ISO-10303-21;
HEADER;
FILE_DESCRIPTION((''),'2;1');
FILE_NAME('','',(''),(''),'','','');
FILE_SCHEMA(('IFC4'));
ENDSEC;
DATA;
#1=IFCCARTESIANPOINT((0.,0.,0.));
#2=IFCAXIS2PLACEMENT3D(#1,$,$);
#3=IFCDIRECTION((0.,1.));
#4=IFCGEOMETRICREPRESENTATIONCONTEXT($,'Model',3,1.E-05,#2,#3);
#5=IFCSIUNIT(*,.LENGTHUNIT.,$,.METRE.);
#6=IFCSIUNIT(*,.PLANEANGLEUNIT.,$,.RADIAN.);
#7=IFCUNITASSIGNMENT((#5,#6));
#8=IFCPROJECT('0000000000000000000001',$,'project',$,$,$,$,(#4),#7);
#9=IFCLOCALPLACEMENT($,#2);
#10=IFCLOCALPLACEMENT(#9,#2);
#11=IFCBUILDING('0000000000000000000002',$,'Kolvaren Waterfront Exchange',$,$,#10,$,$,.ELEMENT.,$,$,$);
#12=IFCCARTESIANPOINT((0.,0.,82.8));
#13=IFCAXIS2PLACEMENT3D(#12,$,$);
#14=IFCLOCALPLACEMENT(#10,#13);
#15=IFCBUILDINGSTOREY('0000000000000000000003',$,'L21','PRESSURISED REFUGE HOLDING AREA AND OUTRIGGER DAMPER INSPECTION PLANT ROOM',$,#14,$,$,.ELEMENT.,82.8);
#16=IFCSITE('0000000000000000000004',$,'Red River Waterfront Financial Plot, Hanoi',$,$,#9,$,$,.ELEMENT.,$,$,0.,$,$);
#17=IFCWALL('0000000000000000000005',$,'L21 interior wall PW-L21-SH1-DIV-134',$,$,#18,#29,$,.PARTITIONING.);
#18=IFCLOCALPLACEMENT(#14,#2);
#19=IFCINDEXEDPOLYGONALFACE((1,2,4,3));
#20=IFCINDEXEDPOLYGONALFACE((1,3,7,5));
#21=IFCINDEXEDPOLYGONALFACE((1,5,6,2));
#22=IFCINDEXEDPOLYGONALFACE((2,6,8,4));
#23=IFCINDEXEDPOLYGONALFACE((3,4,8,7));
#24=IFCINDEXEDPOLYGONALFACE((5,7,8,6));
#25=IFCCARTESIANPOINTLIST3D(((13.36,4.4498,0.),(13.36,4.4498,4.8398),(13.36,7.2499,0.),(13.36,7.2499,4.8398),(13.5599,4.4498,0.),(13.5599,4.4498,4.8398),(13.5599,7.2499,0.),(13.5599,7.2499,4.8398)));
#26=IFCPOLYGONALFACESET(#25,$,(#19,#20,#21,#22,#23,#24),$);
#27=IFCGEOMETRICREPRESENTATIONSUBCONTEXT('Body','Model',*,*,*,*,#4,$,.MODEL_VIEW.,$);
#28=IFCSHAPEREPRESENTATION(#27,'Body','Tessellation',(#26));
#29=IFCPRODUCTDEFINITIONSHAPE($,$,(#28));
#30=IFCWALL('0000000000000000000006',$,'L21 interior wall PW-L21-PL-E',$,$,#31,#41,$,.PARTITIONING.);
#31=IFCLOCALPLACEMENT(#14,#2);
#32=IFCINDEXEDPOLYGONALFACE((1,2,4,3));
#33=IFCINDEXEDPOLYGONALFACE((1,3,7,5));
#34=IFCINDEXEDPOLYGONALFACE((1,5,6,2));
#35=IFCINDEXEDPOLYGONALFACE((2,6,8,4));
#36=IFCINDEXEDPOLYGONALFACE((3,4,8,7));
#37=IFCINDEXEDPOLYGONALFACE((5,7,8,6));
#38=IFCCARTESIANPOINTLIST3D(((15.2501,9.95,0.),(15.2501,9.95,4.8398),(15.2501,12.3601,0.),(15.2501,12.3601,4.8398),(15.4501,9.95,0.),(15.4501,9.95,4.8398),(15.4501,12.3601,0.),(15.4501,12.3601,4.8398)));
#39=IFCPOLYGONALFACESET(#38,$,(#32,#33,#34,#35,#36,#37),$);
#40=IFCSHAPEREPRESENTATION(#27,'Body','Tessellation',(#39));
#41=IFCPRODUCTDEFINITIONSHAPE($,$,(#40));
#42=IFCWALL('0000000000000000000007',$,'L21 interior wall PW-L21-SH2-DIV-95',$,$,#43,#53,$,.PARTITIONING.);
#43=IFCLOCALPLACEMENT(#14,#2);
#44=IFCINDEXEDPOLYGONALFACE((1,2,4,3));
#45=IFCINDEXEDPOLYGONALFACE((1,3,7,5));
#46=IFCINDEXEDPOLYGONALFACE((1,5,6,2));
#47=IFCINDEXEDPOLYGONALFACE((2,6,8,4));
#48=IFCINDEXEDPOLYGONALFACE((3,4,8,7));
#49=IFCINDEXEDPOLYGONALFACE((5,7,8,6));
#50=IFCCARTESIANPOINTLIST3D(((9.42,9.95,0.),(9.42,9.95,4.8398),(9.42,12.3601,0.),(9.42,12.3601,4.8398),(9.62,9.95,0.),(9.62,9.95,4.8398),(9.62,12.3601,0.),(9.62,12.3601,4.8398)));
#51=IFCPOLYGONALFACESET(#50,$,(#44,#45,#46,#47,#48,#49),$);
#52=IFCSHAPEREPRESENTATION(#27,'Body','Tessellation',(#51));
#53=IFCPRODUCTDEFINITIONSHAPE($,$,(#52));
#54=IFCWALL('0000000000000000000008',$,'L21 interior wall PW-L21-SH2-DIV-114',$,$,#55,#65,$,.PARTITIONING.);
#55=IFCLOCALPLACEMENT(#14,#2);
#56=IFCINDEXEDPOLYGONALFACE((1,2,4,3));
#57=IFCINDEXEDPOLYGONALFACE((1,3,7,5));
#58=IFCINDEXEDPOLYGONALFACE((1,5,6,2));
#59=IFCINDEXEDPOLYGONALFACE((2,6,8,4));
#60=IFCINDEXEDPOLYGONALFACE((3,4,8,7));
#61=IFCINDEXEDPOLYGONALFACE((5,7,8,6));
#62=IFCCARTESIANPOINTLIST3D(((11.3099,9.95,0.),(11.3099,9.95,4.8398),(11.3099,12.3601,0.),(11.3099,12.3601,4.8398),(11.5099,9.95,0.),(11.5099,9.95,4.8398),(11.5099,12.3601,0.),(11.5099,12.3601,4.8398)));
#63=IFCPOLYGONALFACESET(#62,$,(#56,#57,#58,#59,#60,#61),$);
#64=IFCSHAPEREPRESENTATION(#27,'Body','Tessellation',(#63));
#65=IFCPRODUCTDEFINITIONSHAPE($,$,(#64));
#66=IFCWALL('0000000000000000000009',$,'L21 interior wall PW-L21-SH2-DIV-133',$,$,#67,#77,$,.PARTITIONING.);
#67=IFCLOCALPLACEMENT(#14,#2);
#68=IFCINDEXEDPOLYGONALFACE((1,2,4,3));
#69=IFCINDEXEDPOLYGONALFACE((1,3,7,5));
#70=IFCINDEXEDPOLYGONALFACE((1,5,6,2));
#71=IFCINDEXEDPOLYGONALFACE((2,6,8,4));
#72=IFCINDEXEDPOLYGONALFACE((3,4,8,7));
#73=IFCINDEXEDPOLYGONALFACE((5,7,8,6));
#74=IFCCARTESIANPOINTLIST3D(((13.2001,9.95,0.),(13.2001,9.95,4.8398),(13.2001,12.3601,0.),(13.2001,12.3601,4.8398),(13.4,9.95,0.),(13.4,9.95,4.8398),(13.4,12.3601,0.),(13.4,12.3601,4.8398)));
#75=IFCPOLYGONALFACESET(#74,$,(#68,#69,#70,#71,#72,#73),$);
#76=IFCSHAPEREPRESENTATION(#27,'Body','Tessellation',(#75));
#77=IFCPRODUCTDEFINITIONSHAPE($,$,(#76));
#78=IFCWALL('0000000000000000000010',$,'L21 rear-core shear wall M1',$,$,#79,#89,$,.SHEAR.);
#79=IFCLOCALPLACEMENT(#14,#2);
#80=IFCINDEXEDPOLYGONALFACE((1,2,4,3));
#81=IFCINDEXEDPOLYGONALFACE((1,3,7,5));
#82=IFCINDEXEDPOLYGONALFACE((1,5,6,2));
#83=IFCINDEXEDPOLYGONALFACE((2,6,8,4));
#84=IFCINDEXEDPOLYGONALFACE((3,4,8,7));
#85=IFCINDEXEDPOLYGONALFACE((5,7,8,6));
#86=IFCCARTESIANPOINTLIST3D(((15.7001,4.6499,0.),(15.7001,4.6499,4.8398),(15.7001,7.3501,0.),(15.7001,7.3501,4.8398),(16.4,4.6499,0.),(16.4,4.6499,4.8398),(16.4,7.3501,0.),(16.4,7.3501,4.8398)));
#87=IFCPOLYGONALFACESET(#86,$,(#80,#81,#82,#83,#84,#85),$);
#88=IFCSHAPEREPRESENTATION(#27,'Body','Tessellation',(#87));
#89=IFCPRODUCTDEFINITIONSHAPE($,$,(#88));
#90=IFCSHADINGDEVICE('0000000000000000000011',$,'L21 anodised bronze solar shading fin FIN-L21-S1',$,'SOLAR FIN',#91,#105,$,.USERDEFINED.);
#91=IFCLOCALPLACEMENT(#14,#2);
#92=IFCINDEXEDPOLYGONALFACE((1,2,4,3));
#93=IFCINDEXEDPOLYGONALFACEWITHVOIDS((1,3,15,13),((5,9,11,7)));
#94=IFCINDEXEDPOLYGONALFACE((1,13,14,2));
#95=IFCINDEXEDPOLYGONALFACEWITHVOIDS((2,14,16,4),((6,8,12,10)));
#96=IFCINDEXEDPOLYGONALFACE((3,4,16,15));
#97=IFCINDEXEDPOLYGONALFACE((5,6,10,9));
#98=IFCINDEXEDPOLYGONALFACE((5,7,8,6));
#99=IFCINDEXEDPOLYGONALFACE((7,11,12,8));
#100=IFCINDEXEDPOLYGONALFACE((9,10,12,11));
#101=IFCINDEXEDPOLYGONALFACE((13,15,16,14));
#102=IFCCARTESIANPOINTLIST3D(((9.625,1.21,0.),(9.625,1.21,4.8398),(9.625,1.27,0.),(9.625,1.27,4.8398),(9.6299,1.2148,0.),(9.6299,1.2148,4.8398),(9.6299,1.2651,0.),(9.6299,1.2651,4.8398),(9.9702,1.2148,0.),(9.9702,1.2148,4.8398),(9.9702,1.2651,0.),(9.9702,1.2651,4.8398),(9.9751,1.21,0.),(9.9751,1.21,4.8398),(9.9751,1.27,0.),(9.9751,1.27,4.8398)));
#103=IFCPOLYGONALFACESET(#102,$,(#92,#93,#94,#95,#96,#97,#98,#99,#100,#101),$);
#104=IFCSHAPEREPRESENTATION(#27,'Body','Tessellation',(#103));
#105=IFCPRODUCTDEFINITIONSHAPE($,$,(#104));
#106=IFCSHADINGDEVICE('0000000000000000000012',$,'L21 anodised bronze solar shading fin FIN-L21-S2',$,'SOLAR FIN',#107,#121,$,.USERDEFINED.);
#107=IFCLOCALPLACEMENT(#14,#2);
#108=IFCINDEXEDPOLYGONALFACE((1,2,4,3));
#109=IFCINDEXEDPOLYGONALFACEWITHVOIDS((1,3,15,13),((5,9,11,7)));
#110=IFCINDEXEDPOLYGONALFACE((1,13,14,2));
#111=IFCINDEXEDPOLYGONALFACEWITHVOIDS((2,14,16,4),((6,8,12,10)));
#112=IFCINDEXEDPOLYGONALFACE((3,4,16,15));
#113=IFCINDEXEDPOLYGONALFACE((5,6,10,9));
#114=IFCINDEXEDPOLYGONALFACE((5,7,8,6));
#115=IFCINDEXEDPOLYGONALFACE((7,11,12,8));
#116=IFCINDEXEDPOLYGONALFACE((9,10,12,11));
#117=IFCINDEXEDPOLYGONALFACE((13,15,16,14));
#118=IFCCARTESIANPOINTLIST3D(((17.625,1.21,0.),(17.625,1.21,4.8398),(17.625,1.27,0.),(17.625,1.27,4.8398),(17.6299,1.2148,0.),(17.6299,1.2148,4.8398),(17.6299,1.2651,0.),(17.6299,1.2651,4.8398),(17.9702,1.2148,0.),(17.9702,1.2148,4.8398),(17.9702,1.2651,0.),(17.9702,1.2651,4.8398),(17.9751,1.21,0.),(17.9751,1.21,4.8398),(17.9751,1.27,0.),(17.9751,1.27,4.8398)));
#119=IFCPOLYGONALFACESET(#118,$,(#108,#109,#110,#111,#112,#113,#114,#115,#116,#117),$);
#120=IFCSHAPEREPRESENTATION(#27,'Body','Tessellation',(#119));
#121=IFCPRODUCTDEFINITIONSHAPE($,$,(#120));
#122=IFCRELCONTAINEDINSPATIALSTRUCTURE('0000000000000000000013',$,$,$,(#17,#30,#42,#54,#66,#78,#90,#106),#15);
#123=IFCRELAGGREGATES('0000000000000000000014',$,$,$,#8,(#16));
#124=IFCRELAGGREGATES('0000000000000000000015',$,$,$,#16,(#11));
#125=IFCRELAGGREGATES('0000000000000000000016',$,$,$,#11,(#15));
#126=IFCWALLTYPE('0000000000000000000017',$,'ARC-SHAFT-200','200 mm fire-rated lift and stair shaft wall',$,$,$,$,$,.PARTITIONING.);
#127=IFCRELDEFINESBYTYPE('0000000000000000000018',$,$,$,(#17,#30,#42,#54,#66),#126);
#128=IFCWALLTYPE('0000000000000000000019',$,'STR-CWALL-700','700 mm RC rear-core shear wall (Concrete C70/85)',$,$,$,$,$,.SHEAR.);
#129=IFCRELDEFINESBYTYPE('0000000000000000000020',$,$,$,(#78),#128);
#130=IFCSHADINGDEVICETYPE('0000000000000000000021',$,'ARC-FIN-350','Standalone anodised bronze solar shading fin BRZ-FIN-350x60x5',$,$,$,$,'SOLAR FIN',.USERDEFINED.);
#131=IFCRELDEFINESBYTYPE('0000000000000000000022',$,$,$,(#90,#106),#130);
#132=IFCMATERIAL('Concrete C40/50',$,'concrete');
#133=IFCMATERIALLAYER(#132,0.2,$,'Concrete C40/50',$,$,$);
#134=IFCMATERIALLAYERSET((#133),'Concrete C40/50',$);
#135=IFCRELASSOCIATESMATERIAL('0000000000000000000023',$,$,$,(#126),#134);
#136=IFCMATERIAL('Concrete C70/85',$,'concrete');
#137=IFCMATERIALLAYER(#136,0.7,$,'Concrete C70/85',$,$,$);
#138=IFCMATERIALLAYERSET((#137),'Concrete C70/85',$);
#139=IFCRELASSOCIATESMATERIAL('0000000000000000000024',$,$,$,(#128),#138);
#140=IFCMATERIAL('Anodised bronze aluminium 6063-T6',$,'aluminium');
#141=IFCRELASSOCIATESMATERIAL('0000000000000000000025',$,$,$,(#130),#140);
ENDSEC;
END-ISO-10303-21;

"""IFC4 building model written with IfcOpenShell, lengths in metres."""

from ifc_helpers import new_model, si_unit, direction, frame, frame_2d, origin, origin_2d, place, context, subcontext, project, spatial, rectangle, hollow_rectangle, extrude, material, layer, layer_set, material_profile, profile_set, type_object, element, save


model = new_model("IFC4")

# Units and contexts
model_context = context("Model", 3, precision=1e-05, world=origin(), true_north=direction((0.0, 1.0)))
body_context = subcontext(model_context, "Body", "Model", "MODEL_VIEW")
ifc_project = project(units=[si_unit("LENGTHUNIT", "METRE"), si_unit("PLANEANGLEUNIT", "RADIAN")], contexts=[model_context])

# Site, building, storey
site_placement = place(None, origin())
site = spatial("IfcSite", under=ifc_project, at=site_placement, Name="Red River Waterfront Financial Plot, Hanoi", CompositionType="ELEMENT", RefElevation=0.0)
building_placement = place(site_placement, origin())
building = spatial("IfcBuilding", under=site, at=building_placement, Name="Kolvaren Waterfront Exchange", CompositionType="ELEMENT")
storey_placement = place(building_placement, frame((0.0, 0.0, 82.8)))
storey = spatial("IfcBuildingStorey", under=building, at=storey_placement, Name="L21", Description="PRESSURISED REFUGE HOLDING AREA AND OUTRIGGER DAMPER INSPECTION PLANT ROOM", CompositionType="ELEMENT", Elevation=82.8)

# Shared definitions
ifc_material_1 = material(Name="Concrete C70/85", Category="concrete")

# Shared definitions
ifc_material_2 = material(Name="Anodised bronze aluminium 6063-T6", Category="aluminium")

# Walls
ifc_material_3 = material(Name="Concrete C40/50", Category="concrete")
ifc_layer_1 = layer(ifc_material_3, 0.2, Name="Concrete C40/50")
ifc_layer_set_1 = layer_set([ifc_layer_1], Name="Concrete C40/50")
wall_type_1 = type_object("IfcWallType", Name="ARC-SHAFT-200", Description="200 mm fire-rated lift and stair shaft wall", PredefinedType="PARTITIONING", material=ifc_layer_set_1)
for number, where, z_axis, x_axis, name in (
    (1, (13.46, 4.45, 0.0), (0.0, 0.0, 1.0), (0.0, 1.0, 0.0), "L21 interior wall PW-L21-SH1-DIV-134"),
):
    element("IfcWall", number, at=place(storey_placement, frame(where, z_axis=z_axis, x_axis=x_axis)), inside=storey, type_object=wall_type_1, Name=name, PredefinedType="PARTITIONING", context=body_context, shape_type="SweptSolid", body=[
        extrude(rectangle(XDim=2.8, YDim=0.2, at=frame_2d((1.3999, 0.0))), origin(), (0.0, 0.0, 1.0), 4.8398),
    ])
for number, where, z_axis, x_axis, name in (
    (2, (15.3501, 9.95, 0.0), (0.0, 0.0, 1.0), (0.0, 1.0, 0.0), "L21 interior wall PW-L21-PL-E"),
    (3, (9.52, 9.95, 0.0), (0.0, 0.0, 1.0), (0.0, 1.0, 0.0), "L21 interior wall PW-L21-SH2-DIV-95"),
    (4, (11.4099, 9.95, 0.0), (0.0, 0.0, 1.0), (0.0, 1.0, 0.0), "L21 interior wall PW-L21-SH2-DIV-114"),
    (5, (13.3, 9.95, 0.0), (0.0, 0.0, 1.0), (0.0, 1.0, 0.0), "L21 interior wall PW-L21-SH2-DIV-133"),
):
    element("IfcWall", number, at=place(storey_placement, frame(where, z_axis=z_axis, x_axis=x_axis)), inside=storey, type_object=wall_type_1, Name=name, PredefinedType="PARTITIONING", context=body_context, shape_type="SweptSolid", body=[
        extrude(rectangle(XDim=2.4102, YDim=0.2, at=frame_2d((1.2051, 0.0))), origin(), (0.0, 0.0, 1.0), 4.8398),
    ])
ifc_layer_2 = layer(ifc_material_1, 0.7, Name="Concrete C70/85")
ifc_layer_set_2 = layer_set([ifc_layer_2], Name="Concrete C70/85")
wall_type_2 = type_object("IfcWallType", Name="STR-CWALL-700", Description="700 mm RC rear-core shear wall (Concrete C70/85)", PredefinedType="SHEAR", material=ifc_layer_set_2)
wall_1_placement = place(storey_placement, frame((16.05, 4.6499, 0.0), z_axis=(0.0, 0.0, 1.0), x_axis=(0.0, 1.0, 0.0)))
element("IfcWall", 6, at=wall_1_placement, inside=storey, type_object=wall_type_2, Name="L21 rear-core shear wall M1", PredefinedType="SHEAR", context=body_context, shape_type="SweptSolid", body=[
    extrude(rectangle(XDim=2.7002, YDim=0.7, at=frame_2d((1.3501, 0.0))), origin(), (0.0, 0.0, 1.0), 4.8398),
])

# Shading devices
ifc_material_profile_1 = material_profile(ifc_material_2, hollow_rectangle(XDim=0.0601, YDim=0.3501, WallThickness=0.0049, at=origin_2d()), Name="BRZ-FIN-350x60x5")
ifc_profile_set_1 = profile_set([ifc_material_profile_1], Name="Anodised bronze aluminium 6063-T6")
shading_device_type_1 = type_object("IfcShadingDeviceType", Name="ARC-FIN-350", Description="Standalone anodised bronze solar shading fin BRZ-FIN-350x60x5", ElementType="SOLAR FIN", PredefinedType="USERDEFINED", material=ifc_profile_set_1)
for number, where, z_axis, x_axis, name in (
    (7, (9.8, 1.24, 0.0), (0.0, 0.0, 1.0), (0.0, -1.0, 0.0), "L21 anodised bronze solar shading fin FIN-L21-S1"),
    (8, (17.8, 1.24, 0.0), (0.0, 0.0, 1.0), (0.0, -1.0, 0.0), "L21 anodised bronze solar shading fin FIN-L21-S2"),
):
    element("IfcShadingDevice", number, at=place(storey_placement, frame(where, z_axis=z_axis, x_axis=x_axis)), inside=storey, type_object=shading_device_type_1, Name=name, ObjectType="SOLAR FIN", PredefinedType="USERDEFINED", context=body_context, shape_type="SweptSolid", body=[
        extrude(hollow_rectangle(XDim=0.0601, YDim=0.3501, WallThickness=0.0049, at=origin_2d()), origin(), (0.0, 0.0, 1.0), 4.8398),
    ])

save(model, "model.ifc")
